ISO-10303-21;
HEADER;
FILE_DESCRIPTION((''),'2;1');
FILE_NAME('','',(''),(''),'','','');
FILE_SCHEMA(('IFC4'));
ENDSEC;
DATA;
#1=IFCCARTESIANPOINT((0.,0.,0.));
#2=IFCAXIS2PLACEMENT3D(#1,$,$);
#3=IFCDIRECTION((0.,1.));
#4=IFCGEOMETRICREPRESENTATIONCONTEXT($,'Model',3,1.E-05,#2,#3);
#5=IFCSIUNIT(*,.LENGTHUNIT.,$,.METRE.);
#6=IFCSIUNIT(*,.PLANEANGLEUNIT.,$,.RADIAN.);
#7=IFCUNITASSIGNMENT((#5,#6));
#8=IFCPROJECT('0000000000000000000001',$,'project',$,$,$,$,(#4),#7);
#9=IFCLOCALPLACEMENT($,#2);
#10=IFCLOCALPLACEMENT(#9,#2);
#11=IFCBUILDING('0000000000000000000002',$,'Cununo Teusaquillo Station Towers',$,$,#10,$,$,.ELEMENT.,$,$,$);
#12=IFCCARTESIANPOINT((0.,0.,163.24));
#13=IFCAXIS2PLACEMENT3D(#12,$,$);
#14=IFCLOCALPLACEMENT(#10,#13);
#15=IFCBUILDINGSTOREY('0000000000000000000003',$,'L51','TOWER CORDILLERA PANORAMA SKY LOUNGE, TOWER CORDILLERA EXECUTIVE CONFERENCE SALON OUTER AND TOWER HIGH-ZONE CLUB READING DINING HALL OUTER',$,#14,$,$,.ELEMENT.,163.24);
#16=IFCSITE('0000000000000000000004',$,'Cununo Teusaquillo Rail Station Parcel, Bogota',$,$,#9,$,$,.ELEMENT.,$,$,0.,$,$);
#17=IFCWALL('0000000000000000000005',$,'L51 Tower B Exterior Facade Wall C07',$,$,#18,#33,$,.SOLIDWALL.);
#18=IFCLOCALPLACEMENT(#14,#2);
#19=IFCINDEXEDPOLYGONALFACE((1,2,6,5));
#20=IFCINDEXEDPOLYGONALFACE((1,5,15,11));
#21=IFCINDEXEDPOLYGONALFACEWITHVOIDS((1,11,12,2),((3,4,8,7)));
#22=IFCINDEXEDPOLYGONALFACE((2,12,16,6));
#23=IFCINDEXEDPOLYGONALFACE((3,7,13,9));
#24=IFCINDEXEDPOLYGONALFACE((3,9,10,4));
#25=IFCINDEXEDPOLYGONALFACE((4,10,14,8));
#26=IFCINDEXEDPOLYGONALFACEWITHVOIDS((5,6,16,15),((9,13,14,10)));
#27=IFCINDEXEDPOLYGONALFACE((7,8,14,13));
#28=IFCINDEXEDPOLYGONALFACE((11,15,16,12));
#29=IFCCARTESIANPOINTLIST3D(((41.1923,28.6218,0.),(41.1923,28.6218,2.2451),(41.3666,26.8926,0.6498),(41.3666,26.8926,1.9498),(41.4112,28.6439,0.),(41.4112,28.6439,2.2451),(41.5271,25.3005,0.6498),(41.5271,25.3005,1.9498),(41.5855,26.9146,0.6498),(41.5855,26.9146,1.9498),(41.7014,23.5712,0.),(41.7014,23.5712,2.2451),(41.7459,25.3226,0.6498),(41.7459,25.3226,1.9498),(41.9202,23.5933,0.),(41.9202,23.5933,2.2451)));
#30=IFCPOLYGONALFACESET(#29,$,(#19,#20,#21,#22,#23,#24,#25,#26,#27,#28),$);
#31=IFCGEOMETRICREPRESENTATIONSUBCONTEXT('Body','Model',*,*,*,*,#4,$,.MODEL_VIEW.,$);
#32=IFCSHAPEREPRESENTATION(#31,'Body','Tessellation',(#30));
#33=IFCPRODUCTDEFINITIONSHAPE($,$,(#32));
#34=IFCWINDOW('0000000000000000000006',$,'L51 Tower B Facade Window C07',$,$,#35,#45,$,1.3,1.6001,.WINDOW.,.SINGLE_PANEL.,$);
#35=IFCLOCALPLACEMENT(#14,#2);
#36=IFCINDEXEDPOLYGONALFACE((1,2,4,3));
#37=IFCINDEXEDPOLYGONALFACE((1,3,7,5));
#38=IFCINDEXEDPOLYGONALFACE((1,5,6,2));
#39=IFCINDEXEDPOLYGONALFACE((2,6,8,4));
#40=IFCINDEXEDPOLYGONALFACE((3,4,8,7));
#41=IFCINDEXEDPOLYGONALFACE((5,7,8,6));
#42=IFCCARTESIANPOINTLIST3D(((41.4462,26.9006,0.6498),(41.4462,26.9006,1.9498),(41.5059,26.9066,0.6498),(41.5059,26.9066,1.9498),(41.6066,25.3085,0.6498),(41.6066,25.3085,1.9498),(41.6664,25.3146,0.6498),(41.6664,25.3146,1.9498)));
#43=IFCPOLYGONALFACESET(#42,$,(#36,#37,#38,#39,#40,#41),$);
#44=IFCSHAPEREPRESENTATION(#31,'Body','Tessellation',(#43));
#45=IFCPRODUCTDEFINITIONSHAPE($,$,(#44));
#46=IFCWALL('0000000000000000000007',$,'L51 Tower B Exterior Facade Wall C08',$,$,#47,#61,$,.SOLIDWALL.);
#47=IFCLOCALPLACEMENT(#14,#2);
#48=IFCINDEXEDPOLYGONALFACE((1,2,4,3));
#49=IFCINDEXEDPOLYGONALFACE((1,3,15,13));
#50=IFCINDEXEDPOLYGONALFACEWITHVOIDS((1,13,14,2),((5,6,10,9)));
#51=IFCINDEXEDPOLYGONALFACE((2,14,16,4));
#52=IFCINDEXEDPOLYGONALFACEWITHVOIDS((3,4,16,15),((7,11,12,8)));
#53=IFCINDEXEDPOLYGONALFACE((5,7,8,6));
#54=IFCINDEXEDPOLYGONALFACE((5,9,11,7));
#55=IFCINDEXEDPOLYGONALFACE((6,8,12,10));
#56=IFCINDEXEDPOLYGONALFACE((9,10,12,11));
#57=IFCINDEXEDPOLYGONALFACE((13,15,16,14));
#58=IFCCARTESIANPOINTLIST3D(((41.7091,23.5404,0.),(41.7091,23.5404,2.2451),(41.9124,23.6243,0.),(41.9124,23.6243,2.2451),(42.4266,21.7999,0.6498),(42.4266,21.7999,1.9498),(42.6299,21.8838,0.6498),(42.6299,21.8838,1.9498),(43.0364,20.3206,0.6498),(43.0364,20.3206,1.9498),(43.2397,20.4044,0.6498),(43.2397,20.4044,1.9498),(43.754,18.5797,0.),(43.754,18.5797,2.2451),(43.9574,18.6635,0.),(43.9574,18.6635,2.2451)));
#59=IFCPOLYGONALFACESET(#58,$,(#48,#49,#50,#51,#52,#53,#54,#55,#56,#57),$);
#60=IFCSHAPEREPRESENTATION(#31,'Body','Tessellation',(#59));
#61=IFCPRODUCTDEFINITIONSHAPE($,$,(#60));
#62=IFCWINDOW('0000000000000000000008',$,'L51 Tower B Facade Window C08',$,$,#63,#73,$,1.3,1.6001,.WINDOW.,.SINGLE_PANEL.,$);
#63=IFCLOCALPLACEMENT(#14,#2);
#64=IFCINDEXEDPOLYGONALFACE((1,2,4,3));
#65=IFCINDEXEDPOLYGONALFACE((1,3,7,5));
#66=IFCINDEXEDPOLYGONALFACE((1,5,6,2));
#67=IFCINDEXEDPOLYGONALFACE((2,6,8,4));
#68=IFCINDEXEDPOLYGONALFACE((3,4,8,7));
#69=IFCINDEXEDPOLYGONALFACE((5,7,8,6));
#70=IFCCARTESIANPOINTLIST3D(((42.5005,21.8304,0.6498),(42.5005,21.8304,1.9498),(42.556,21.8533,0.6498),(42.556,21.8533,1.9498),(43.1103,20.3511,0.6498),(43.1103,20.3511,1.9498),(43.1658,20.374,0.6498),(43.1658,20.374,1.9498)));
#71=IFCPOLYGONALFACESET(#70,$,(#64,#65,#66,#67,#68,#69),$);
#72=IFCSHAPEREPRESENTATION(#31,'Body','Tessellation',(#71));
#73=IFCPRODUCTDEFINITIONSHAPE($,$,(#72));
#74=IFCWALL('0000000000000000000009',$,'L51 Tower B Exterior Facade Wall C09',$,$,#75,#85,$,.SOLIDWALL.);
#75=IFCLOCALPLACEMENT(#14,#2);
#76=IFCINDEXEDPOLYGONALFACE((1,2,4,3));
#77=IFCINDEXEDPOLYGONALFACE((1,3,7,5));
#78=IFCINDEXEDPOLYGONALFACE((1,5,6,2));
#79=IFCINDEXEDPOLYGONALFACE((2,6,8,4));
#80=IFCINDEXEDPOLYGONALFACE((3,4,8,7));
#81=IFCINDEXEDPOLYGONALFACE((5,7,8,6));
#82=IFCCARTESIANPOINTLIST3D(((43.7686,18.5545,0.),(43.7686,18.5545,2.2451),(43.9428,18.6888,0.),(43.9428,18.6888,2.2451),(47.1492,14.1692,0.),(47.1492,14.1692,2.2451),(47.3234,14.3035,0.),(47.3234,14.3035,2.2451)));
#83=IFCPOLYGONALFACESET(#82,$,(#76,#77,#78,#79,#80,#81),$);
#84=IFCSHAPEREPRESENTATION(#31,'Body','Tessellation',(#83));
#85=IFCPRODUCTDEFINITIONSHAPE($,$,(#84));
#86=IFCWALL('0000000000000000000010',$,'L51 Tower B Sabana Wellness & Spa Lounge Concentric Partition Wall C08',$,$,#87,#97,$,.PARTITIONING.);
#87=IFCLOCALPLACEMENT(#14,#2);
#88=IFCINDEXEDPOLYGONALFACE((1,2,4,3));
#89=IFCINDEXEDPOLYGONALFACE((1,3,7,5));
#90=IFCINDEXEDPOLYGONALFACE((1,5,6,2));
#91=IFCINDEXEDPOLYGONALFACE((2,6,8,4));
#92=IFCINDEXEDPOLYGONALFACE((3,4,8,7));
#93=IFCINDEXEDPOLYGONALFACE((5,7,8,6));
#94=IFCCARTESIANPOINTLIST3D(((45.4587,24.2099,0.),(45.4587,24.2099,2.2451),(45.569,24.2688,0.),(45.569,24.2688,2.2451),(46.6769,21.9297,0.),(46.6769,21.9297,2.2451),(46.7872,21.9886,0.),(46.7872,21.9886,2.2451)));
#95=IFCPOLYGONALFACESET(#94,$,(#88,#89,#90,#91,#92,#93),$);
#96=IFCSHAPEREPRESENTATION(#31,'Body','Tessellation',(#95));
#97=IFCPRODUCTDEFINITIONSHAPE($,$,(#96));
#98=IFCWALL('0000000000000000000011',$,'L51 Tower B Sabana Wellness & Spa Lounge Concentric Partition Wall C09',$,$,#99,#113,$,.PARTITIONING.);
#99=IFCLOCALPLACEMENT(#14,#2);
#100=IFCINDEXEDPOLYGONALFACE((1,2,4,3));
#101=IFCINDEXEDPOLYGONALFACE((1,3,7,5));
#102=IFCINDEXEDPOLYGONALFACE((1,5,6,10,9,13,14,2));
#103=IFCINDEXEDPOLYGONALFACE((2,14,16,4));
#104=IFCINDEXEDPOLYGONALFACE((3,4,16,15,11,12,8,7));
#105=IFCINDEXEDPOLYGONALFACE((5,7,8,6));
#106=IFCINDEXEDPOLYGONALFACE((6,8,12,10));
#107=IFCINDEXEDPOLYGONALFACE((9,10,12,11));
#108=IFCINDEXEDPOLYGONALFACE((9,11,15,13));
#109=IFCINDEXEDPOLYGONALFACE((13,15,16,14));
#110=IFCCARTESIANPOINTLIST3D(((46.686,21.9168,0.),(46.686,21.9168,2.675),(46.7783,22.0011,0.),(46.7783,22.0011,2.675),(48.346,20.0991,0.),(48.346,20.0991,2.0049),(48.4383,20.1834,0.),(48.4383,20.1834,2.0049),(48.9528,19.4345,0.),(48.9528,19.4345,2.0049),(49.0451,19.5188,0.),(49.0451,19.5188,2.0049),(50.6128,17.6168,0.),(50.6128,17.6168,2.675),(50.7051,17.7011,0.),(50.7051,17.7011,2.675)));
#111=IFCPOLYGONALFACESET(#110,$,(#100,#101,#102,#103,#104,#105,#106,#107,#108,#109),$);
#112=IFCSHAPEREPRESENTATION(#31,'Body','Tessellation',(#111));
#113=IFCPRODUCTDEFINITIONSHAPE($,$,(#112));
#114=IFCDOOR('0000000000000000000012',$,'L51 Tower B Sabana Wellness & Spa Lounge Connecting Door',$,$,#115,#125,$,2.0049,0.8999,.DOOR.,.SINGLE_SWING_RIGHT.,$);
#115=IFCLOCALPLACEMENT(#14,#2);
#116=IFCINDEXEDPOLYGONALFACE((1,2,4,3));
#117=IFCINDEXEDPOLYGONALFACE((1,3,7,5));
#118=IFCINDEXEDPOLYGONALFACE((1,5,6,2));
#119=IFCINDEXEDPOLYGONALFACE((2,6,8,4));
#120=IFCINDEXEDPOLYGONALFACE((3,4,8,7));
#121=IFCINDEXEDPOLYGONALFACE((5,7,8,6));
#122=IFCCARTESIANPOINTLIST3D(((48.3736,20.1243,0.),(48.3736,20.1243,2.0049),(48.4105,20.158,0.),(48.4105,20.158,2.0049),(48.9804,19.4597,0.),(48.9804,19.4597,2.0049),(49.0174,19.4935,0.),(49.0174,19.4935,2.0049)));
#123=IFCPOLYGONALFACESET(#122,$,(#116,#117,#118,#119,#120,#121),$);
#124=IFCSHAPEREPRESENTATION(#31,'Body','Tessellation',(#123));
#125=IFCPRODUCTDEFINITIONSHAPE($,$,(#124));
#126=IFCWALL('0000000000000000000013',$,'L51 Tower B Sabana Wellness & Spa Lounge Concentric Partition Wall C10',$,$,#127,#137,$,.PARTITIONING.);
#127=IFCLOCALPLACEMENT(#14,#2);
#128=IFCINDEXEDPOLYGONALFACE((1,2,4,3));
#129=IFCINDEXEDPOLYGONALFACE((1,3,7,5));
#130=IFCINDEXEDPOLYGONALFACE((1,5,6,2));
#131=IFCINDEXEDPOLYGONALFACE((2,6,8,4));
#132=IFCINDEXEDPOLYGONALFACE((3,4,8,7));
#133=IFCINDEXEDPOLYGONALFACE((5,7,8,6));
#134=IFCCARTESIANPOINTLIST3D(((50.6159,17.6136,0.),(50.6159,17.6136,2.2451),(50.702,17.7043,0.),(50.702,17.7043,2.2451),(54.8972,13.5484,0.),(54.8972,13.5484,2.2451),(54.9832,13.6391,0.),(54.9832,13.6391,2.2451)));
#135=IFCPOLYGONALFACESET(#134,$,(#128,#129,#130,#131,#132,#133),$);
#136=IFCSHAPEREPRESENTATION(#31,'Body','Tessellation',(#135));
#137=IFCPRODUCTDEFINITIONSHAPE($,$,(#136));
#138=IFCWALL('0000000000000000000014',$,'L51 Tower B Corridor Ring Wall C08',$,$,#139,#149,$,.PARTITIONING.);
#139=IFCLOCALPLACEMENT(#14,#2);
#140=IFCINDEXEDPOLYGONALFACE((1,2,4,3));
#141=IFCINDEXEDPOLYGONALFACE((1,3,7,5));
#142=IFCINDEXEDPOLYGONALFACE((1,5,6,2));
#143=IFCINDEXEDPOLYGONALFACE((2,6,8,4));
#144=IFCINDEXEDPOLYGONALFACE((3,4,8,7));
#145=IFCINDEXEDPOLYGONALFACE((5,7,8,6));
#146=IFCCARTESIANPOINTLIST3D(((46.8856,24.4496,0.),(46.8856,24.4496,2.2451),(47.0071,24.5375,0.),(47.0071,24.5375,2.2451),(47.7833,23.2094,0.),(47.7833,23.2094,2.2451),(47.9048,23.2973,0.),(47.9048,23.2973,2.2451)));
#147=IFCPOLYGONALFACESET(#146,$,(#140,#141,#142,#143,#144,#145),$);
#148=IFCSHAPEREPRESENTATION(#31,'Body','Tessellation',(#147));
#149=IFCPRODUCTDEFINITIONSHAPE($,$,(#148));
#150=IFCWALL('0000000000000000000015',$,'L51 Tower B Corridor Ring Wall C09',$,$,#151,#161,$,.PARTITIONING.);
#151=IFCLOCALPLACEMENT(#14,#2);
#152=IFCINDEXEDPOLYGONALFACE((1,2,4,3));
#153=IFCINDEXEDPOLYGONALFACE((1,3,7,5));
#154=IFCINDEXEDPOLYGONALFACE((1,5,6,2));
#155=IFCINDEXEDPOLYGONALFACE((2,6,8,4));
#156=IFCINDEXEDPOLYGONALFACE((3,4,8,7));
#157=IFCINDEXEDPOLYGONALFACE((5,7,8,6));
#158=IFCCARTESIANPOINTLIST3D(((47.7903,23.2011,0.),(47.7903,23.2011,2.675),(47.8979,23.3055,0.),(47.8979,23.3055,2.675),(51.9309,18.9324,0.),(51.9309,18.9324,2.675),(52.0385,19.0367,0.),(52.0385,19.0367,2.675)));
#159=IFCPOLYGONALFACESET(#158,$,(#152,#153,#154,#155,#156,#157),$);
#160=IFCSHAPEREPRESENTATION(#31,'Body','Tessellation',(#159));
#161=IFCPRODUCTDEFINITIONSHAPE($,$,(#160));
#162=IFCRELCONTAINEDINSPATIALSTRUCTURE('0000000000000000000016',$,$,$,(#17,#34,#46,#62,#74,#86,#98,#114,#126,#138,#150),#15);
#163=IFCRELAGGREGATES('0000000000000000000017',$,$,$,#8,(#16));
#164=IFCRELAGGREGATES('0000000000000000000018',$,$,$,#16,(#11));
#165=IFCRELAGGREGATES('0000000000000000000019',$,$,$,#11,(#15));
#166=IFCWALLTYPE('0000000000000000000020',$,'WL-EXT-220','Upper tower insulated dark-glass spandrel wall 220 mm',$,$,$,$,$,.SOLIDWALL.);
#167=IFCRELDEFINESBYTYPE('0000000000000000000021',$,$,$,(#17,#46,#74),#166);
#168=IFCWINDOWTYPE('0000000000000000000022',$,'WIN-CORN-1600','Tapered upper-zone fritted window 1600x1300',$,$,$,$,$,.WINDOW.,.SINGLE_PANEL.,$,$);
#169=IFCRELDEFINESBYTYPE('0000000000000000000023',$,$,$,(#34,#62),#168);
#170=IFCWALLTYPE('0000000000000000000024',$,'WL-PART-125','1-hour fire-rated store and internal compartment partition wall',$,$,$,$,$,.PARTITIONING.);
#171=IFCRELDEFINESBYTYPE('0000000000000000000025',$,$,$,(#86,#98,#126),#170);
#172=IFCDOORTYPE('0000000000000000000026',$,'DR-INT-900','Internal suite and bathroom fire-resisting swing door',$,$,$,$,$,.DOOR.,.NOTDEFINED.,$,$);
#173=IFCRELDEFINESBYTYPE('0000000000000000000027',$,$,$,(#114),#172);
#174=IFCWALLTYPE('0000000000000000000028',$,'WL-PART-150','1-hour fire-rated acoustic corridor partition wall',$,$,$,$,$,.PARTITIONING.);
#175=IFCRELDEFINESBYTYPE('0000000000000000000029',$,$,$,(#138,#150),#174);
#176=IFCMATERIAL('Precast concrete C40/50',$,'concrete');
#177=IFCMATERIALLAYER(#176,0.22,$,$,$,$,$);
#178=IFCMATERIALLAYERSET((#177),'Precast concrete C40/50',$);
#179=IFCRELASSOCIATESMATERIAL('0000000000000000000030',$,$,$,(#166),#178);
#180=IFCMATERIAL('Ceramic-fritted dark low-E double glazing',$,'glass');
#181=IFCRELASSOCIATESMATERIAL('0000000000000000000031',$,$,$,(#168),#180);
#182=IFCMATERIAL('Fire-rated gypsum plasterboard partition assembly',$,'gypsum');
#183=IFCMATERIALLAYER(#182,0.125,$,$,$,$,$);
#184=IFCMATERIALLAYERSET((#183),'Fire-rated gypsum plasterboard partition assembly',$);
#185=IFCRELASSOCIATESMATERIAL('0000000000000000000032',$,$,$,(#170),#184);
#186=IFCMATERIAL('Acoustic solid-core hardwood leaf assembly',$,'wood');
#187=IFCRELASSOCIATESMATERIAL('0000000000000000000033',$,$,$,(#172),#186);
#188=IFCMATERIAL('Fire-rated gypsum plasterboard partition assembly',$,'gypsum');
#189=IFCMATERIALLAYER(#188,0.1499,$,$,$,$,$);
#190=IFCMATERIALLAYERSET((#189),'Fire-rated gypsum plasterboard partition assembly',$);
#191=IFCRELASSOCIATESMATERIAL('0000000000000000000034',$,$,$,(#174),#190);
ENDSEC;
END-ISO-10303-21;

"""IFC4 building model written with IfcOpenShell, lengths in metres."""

from ifc_helpers import new_model, si_unit, direction, frame, frame_2d, origin, place, context, subcontext, project, spatial, rectangle, extrude, source, transform, mapped, material, layer, layer_set, type_object, element, fill, save


model = new_model("IFC4")

# Units and contexts
model_context = context("Model", 3, precision=1e-05, world=origin(), true_north=direction((0.0, 1.0)))
body_context = subcontext(model_context, "Body", "Model", "MODEL_VIEW")
ifc_project = project(units=[si_unit("LENGTHUNIT", "METRE"), si_unit("PLANEANGLEUNIT", "RADIAN")], contexts=[model_context])

# Site, building, storey
site_placement = place(None, origin())
site = spatial("IfcSite", under=ifc_project, at=site_placement, Name="Cununo Teusaquillo Rail Station Parcel, Bogota", CompositionType="ELEMENT", RefElevation=0.0)
building_placement = place(site_placement, origin())
building = spatial("IfcBuilding", under=site, at=building_placement, Name="Cununo Teusaquillo Station Towers", CompositionType="ELEMENT")
storey_placement = place(building_placement, frame((0.0, 0.0, 163.24)))
storey = spatial("IfcBuildingStorey", under=building, at=storey_placement, Name="L51", Description="TOWER CORDILLERA PANORAMA SKY LOUNGE, TOWER CORDILLERA EXECUTIVE CONFERENCE SALON OUTER AND TOWER HIGH-ZONE CLUB READING DINING HALL OUTER", CompositionType="ELEMENT", Elevation=163.24)

# Shared definitions
ifc_material_1 = material(Name="Precast concrete C40/50", Category="concrete")
ifc_layer_1 = layer(ifc_material_1, 0.22)
ifc_layer_set_1 = layer_set([ifc_layer_1], Name="Precast concrete C40/50")
wall_type_1 = type_object("IfcWallType", Name="WL-EXT-220", Description="Upper tower insulated dark-glass spandrel wall 220 mm", PredefinedType="SOLIDWALL", material=ifc_layer_set_1)

# Walls, openings, windows
shared_shape_1 = source(origin(), body_context, "Body", "SweptSolid", [
    extrude(rectangle(XDim=1.6001, YDim=1.3, at=frame_2d((0.8, 0.6499))), frame((0.0, 0.1199, 0.0), z_axis=(0.0, -1.0, 0.0), x_axis=(1.0, 0.0, 0.0)), (0.0, 0.0, 1.0), 0.24),
])
ifc_material_2 = material(Name="Ceramic-fritted dark low-E double glazing", Category="glass")
window_type = type_object("IfcWindowType", Name="WIN-CORN-1600", Description="Tapered upper-zone fritted window 1600x1300", PartitioningType="SINGLE_PANEL", PredefinedType="WINDOW", material=ifc_material_2)
shared_shape_2 = source(origin(), body_context, "Body", "SweptSolid", [
    extrude(rectangle(XDim=1.6001, YDim=1.3, at=frame_2d((0.8, 0.6499))), frame((0.0, 0.03, 0.0), z_axis=(0.0, -1.0, 0.0), x_axis=(1.0, 0.0, 0.0)), (0.0, 0.0, 1.0), 0.0601),
])
wall_1_placement = place(storey_placement, frame((41.8108, 23.5823, 0.0), z_axis=(0.0, 0.0, 1.0), x_axis=(-0.10028, 0.994959, 0.0)))
wall_1 = element("IfcWall", 1, at=wall_1_placement, inside=storey, type_object=wall_type_1, Name="L51 Tower B Exterior Facade Wall C07", PredefinedType="SOLIDWALL", context=body_context, shape_type="SweptSolid", body=[
    extrude(rectangle(XDim=5.0762, YDim=0.22, at=frame_2d((2.5381, 0.0))), origin(), (0.0, 0.0, 1.0), 2.2451),
])
opening_1_placement = place(wall_1_placement, frame((1.738, 0.0, 0.6499)))
opening_1 = element("IfcOpeningElement", 2, at=opening_1_placement, cuts=wall_1, PredefinedType="OPENING", context=body_context, shape_type="MappedRepresentation", body=[
    mapped(shared_shape_1, transform((0.0, 0.0, 0.0), x_axis=(1.0, 0.0, 0.0), y_axis=(0.0, 1.0, 0.0), z_axis=(0.0, 0.0, 1.0), scale=1.0)),
])
window_1_placement = place(opening_1_placement, origin())
window_1 = element("IfcWindow", 3, at=window_1_placement, inside=storey, type_object=window_type, Name="L51 Tower B Facade Window C07", OverallHeight=1.3, OverallWidth=1.6001, PartitioningType="SINGLE_PANEL", PredefinedType="WINDOW", context=body_context, shape_type="MappedRepresentation", body=[
    mapped(shared_shape_2, transform((0.0, 0.0, 0.0), x_axis=(1.0, 0.0, 0.0), y_axis=(0.0, 1.0, 0.0), z_axis=(0.0, 0.0, 1.0), scale=1.0)),
])
fill(opening_1, window_1)
wall_2_placement = place(storey_placement, frame((43.8557, 18.6216, 0.0), z_axis=(0.0, 0.0, 1.0), x_axis=(-0.381114, 0.924528, 0.0)))
wall_2 = element("IfcWall", 4, at=wall_2_placement, inside=storey, type_object=wall_type_1, Name="L51 Tower B Exterior Facade Wall C08", PredefinedType="SOLIDWALL", context=body_context, shape_type="SweptSolid", body=[
    extrude(rectangle(XDim=5.3657, YDim=0.22, at=frame_2d((2.6829, 0.0))), origin(), (0.0, 0.0, 1.0), 2.2451),
])
opening_2_placement = place(wall_2_placement, frame((1.8831, 0.0, 0.6499)))
opening_2 = element("IfcOpeningElement", 5, at=opening_2_placement, cuts=wall_2, PredefinedType="OPENING", context=body_context, shape_type="MappedRepresentation", body=[
    mapped(shared_shape_1, transform((0.0, 0.0, 0.0), x_axis=(1.0, 0.0, 0.0), y_axis=(0.0, 1.0, 0.0), z_axis=(0.0, 0.0, 1.0), scale=1.0)),
])
window_2_placement = place(opening_2_placement, origin())
window_2 = element("IfcWindow", 6, at=window_2_placement, inside=storey, type_object=window_type, Name="L51 Tower B Facade Window C08", OverallHeight=1.3, OverallWidth=1.6001, PartitioningType="SINGLE_PANEL", PredefinedType="WINDOW", context=body_context, shape_type="MappedRepresentation", body=[
    mapped(shared_shape_2, transform((0.0, 0.0, 0.0), x_axis=(1.0, 0.0, 0.0), y_axis=(0.0, 1.0, 0.0), z_axis=(0.0, 0.0, 1.0), scale=1.0)),
])
fill(opening_2, window_2)

# Walls
wall_3_placement = place(storey_placement, frame((47.2363, 14.2363, 0.0), z_axis=(0.0, 0.0, 1.0), x_axis=(-0.610544, 0.791983, 0.0)))
element("IfcWall", 7, at=wall_3_placement, inside=storey, type_object=wall_type_1, Name="L51 Tower B Exterior Facade Wall C09", PredefinedType="SOLIDWALL", context=body_context, shape_type="SweptSolid", body=[
    extrude(rectangle(XDim=5.5371, YDim=0.22, at=frame_2d((2.7686, 0.0))), origin(), (0.0, 0.0, 1.0), 2.2451),
])
ifc_material_3 = material(Name="Fire-rated gypsum plasterboard partition assembly", Category="gypsum")
ifc_layer_2 = layer(ifc_material_3, 0.125)
ifc_layer_set_2 = layer_set([ifc_layer_2], Name="Fire-rated gypsum plasterboard partition assembly")
wall_type_2 = type_object("IfcWallType", Name="WL-PART-125", Description="1-hour fire-rated store and internal compartment partition wall", PredefinedType="PARTITIONING", material=ifc_layer_set_2)
wall_4_placement = place(storey_placement, frame((45.5139, 24.2393, 0.0), z_axis=(0.0, 0.0, 1.0), x_axis=(0.471225, -0.882013, 0.0)))
element("IfcWall", 8, at=wall_4_placement, inside=storey, type_object=wall_type_2, Name="L51 Tower B Sabana Wellness & Spa Lounge Concentric Partition Wall C08", PredefinedType="PARTITIONING", context=body_context, shape_type="SweptSolid", body=[
    extrude(rectangle(XDim=2.5852, YDim=0.125, at=frame_2d((1.2925, 0.0))), origin(), (0.0, 0.0, 1.0), 2.2451),
])

# Wall, opening, door
wall_5_placement = place(storey_placement, frame((46.7322, 21.959, 0.0), z_axis=(0.0, 0.0, 1.0), x_axis=(0.674328, -0.738432, 0.0)))
wall_5 = element("IfcWall", 9, at=wall_5_placement, inside=storey, type_object=wall_type_2, Name="L51 Tower B Sabana Wellness & Spa Lounge Concentric Partition Wall C09", PredefinedType="PARTITIONING", context=body_context, shape_type="SweptSolid", body=[
    extrude(rectangle(XDim=5.8232, YDim=0.125, at=frame_2d((2.9116, 0.0))), origin(), (0.0, 0.0, 1.0), 2.675),
])
shared_shape_3 = source(origin(), body_context, "Body", "SweptSolid", [
    extrude(rectangle(XDim=0.8999, YDim=2.0049, at=frame_2d((0.45, 1.0024))), frame((0.0, 0.0725, 0.0), z_axis=(0.0, -1.0, 0.0), x_axis=(1.0, 0.0, 0.0)), (0.0, 0.0, 1.0), 0.145),
])
opening_3_placement = place(wall_5_placement, frame((2.4617, 0.0, 0.0)))
opening_3 = element("IfcOpeningElement", 10, at=opening_3_placement, cuts=wall_5, PredefinedType="OPENING", context=body_context, shape_type="MappedRepresentation", body=[
    mapped(shared_shape_3, transform((0.0, 0.0, 0.0), x_axis=(1.0, 0.0, 0.0), y_axis=(0.0, 1.0, 0.0), z_axis=(0.0, 0.0, 1.0), scale=1.0)),
])
ifc_material_4 = material(Name="Acoustic solid-core hardwood leaf assembly", Category="wood")
door_type_1 = type_object("IfcDoorType", Name="DR-INT-900", Description="Internal suite and bathroom fire-resisting swing door", OperationType="NOTDEFINED", PredefinedType="DOOR", material=ifc_material_4)
shared_shape_4 = source(origin(), body_context, "Body", "SweptSolid", [
    extrude(rectangle(XDim=0.8999, YDim=2.0049, at=frame_2d((0.45, 1.0024))), frame((0.0, 0.0249, 0.0), z_axis=(0.0, -1.0, 0.0), x_axis=(1.0, 0.0, 0.0)), (0.0, 0.0, 1.0), 0.05),
])
door_1_placement = place(opening_3_placement, origin())
door_1 = element("IfcDoor", 11, at=door_1_placement, inside=storey, type_object=door_type_1, Name="L51 Tower B Sabana Wellness & Spa Lounge Connecting Door", OperationType="SINGLE_SWING_RIGHT", OverallHeight=2.0049, OverallWidth=0.8999, PredefinedType="DOOR", context=body_context, shape_type="MappedRepresentation", body=[
    mapped(shared_shape_4, transform((0.0, 0.0, 0.0), x_axis=(1.0, 0.0, 0.0), y_axis=(0.0, 1.0, 0.0), z_axis=(0.0, 0.0, 1.0), scale=1.0)),
])
fill(opening_3, door_1)

# Walls
wall_6_placement = place(storey_placement, frame((50.6589, 17.6589, 0.0), z_axis=(0.0, 0.0, 1.0), x_axis=(0.725169, -0.688571, 0.0)))
element("IfcWall", 12, at=wall_6_placement, inside=storey, type_object=wall_type_2, Name="L51 Tower B Sabana Wellness & Spa Lounge Concentric Partition Wall C10", PredefinedType="PARTITIONING", context=body_context, shape_type="SweptSolid", body=[
    extrude(rectangle(XDim=5.9038, YDim=0.125, at=frame_2d((2.9519, 0.0))), origin(), (0.0, 0.0, 1.0), 2.2451),
])
ifc_material_5 = material(Name="Fire-rated gypsum plasterboard partition assembly", Category="gypsum")
ifc_layer_3 = layer(ifc_material_5, 0.1499)
ifc_layer_set_3 = layer_set([ifc_layer_3], Name="Fire-rated gypsum plasterboard partition assembly")
wall_type_3 = type_object("IfcWallType", Name="WL-PART-150", Description="1-hour fire-rated acoustic corridor partition wall", PredefinedType="PARTITIONING", material=ifc_layer_set_3)
wall_7_placement = place(storey_placement, frame((46.9463, 24.4937, 0.0), z_axis=(0.0, 0.0, 1.0), x_axis=(0.58634, -0.810065, 0.0)))
element("IfcWall", 13, at=wall_7_placement, inside=storey, type_object=wall_type_3, Name="L51 Tower B Corridor Ring Wall C08", PredefinedType="PARTITIONING", context=body_context, shape_type="SweptSolid", body=[
    extrude(rectangle(XDim=1.531, YDim=0.1499, at=frame_2d((0.7656, 0.0))), origin(), (0.0, 0.0, 1.0), 2.2451),
])
wall_8_placement = place(storey_placement, frame((47.844, 23.2534, 0.0), z_axis=(0.0, 0.0, 1.0), x_axis=(0.696248, -0.717801, 0.0)))
element("IfcWall", 14, at=wall_8_placement, inside=storey, type_object=wall_type_3, Name="L51 Tower B Corridor Ring Wall C09", PredefinedType="PARTITIONING", context=body_context, shape_type="SweptSolid", body=[
    extrude(rectangle(XDim=5.947, YDim=0.1499, at=frame_2d((2.9736, 0.0))), origin(), (0.0, 0.0, 1.0), 2.675),
])

save(model, "model.ifc")
